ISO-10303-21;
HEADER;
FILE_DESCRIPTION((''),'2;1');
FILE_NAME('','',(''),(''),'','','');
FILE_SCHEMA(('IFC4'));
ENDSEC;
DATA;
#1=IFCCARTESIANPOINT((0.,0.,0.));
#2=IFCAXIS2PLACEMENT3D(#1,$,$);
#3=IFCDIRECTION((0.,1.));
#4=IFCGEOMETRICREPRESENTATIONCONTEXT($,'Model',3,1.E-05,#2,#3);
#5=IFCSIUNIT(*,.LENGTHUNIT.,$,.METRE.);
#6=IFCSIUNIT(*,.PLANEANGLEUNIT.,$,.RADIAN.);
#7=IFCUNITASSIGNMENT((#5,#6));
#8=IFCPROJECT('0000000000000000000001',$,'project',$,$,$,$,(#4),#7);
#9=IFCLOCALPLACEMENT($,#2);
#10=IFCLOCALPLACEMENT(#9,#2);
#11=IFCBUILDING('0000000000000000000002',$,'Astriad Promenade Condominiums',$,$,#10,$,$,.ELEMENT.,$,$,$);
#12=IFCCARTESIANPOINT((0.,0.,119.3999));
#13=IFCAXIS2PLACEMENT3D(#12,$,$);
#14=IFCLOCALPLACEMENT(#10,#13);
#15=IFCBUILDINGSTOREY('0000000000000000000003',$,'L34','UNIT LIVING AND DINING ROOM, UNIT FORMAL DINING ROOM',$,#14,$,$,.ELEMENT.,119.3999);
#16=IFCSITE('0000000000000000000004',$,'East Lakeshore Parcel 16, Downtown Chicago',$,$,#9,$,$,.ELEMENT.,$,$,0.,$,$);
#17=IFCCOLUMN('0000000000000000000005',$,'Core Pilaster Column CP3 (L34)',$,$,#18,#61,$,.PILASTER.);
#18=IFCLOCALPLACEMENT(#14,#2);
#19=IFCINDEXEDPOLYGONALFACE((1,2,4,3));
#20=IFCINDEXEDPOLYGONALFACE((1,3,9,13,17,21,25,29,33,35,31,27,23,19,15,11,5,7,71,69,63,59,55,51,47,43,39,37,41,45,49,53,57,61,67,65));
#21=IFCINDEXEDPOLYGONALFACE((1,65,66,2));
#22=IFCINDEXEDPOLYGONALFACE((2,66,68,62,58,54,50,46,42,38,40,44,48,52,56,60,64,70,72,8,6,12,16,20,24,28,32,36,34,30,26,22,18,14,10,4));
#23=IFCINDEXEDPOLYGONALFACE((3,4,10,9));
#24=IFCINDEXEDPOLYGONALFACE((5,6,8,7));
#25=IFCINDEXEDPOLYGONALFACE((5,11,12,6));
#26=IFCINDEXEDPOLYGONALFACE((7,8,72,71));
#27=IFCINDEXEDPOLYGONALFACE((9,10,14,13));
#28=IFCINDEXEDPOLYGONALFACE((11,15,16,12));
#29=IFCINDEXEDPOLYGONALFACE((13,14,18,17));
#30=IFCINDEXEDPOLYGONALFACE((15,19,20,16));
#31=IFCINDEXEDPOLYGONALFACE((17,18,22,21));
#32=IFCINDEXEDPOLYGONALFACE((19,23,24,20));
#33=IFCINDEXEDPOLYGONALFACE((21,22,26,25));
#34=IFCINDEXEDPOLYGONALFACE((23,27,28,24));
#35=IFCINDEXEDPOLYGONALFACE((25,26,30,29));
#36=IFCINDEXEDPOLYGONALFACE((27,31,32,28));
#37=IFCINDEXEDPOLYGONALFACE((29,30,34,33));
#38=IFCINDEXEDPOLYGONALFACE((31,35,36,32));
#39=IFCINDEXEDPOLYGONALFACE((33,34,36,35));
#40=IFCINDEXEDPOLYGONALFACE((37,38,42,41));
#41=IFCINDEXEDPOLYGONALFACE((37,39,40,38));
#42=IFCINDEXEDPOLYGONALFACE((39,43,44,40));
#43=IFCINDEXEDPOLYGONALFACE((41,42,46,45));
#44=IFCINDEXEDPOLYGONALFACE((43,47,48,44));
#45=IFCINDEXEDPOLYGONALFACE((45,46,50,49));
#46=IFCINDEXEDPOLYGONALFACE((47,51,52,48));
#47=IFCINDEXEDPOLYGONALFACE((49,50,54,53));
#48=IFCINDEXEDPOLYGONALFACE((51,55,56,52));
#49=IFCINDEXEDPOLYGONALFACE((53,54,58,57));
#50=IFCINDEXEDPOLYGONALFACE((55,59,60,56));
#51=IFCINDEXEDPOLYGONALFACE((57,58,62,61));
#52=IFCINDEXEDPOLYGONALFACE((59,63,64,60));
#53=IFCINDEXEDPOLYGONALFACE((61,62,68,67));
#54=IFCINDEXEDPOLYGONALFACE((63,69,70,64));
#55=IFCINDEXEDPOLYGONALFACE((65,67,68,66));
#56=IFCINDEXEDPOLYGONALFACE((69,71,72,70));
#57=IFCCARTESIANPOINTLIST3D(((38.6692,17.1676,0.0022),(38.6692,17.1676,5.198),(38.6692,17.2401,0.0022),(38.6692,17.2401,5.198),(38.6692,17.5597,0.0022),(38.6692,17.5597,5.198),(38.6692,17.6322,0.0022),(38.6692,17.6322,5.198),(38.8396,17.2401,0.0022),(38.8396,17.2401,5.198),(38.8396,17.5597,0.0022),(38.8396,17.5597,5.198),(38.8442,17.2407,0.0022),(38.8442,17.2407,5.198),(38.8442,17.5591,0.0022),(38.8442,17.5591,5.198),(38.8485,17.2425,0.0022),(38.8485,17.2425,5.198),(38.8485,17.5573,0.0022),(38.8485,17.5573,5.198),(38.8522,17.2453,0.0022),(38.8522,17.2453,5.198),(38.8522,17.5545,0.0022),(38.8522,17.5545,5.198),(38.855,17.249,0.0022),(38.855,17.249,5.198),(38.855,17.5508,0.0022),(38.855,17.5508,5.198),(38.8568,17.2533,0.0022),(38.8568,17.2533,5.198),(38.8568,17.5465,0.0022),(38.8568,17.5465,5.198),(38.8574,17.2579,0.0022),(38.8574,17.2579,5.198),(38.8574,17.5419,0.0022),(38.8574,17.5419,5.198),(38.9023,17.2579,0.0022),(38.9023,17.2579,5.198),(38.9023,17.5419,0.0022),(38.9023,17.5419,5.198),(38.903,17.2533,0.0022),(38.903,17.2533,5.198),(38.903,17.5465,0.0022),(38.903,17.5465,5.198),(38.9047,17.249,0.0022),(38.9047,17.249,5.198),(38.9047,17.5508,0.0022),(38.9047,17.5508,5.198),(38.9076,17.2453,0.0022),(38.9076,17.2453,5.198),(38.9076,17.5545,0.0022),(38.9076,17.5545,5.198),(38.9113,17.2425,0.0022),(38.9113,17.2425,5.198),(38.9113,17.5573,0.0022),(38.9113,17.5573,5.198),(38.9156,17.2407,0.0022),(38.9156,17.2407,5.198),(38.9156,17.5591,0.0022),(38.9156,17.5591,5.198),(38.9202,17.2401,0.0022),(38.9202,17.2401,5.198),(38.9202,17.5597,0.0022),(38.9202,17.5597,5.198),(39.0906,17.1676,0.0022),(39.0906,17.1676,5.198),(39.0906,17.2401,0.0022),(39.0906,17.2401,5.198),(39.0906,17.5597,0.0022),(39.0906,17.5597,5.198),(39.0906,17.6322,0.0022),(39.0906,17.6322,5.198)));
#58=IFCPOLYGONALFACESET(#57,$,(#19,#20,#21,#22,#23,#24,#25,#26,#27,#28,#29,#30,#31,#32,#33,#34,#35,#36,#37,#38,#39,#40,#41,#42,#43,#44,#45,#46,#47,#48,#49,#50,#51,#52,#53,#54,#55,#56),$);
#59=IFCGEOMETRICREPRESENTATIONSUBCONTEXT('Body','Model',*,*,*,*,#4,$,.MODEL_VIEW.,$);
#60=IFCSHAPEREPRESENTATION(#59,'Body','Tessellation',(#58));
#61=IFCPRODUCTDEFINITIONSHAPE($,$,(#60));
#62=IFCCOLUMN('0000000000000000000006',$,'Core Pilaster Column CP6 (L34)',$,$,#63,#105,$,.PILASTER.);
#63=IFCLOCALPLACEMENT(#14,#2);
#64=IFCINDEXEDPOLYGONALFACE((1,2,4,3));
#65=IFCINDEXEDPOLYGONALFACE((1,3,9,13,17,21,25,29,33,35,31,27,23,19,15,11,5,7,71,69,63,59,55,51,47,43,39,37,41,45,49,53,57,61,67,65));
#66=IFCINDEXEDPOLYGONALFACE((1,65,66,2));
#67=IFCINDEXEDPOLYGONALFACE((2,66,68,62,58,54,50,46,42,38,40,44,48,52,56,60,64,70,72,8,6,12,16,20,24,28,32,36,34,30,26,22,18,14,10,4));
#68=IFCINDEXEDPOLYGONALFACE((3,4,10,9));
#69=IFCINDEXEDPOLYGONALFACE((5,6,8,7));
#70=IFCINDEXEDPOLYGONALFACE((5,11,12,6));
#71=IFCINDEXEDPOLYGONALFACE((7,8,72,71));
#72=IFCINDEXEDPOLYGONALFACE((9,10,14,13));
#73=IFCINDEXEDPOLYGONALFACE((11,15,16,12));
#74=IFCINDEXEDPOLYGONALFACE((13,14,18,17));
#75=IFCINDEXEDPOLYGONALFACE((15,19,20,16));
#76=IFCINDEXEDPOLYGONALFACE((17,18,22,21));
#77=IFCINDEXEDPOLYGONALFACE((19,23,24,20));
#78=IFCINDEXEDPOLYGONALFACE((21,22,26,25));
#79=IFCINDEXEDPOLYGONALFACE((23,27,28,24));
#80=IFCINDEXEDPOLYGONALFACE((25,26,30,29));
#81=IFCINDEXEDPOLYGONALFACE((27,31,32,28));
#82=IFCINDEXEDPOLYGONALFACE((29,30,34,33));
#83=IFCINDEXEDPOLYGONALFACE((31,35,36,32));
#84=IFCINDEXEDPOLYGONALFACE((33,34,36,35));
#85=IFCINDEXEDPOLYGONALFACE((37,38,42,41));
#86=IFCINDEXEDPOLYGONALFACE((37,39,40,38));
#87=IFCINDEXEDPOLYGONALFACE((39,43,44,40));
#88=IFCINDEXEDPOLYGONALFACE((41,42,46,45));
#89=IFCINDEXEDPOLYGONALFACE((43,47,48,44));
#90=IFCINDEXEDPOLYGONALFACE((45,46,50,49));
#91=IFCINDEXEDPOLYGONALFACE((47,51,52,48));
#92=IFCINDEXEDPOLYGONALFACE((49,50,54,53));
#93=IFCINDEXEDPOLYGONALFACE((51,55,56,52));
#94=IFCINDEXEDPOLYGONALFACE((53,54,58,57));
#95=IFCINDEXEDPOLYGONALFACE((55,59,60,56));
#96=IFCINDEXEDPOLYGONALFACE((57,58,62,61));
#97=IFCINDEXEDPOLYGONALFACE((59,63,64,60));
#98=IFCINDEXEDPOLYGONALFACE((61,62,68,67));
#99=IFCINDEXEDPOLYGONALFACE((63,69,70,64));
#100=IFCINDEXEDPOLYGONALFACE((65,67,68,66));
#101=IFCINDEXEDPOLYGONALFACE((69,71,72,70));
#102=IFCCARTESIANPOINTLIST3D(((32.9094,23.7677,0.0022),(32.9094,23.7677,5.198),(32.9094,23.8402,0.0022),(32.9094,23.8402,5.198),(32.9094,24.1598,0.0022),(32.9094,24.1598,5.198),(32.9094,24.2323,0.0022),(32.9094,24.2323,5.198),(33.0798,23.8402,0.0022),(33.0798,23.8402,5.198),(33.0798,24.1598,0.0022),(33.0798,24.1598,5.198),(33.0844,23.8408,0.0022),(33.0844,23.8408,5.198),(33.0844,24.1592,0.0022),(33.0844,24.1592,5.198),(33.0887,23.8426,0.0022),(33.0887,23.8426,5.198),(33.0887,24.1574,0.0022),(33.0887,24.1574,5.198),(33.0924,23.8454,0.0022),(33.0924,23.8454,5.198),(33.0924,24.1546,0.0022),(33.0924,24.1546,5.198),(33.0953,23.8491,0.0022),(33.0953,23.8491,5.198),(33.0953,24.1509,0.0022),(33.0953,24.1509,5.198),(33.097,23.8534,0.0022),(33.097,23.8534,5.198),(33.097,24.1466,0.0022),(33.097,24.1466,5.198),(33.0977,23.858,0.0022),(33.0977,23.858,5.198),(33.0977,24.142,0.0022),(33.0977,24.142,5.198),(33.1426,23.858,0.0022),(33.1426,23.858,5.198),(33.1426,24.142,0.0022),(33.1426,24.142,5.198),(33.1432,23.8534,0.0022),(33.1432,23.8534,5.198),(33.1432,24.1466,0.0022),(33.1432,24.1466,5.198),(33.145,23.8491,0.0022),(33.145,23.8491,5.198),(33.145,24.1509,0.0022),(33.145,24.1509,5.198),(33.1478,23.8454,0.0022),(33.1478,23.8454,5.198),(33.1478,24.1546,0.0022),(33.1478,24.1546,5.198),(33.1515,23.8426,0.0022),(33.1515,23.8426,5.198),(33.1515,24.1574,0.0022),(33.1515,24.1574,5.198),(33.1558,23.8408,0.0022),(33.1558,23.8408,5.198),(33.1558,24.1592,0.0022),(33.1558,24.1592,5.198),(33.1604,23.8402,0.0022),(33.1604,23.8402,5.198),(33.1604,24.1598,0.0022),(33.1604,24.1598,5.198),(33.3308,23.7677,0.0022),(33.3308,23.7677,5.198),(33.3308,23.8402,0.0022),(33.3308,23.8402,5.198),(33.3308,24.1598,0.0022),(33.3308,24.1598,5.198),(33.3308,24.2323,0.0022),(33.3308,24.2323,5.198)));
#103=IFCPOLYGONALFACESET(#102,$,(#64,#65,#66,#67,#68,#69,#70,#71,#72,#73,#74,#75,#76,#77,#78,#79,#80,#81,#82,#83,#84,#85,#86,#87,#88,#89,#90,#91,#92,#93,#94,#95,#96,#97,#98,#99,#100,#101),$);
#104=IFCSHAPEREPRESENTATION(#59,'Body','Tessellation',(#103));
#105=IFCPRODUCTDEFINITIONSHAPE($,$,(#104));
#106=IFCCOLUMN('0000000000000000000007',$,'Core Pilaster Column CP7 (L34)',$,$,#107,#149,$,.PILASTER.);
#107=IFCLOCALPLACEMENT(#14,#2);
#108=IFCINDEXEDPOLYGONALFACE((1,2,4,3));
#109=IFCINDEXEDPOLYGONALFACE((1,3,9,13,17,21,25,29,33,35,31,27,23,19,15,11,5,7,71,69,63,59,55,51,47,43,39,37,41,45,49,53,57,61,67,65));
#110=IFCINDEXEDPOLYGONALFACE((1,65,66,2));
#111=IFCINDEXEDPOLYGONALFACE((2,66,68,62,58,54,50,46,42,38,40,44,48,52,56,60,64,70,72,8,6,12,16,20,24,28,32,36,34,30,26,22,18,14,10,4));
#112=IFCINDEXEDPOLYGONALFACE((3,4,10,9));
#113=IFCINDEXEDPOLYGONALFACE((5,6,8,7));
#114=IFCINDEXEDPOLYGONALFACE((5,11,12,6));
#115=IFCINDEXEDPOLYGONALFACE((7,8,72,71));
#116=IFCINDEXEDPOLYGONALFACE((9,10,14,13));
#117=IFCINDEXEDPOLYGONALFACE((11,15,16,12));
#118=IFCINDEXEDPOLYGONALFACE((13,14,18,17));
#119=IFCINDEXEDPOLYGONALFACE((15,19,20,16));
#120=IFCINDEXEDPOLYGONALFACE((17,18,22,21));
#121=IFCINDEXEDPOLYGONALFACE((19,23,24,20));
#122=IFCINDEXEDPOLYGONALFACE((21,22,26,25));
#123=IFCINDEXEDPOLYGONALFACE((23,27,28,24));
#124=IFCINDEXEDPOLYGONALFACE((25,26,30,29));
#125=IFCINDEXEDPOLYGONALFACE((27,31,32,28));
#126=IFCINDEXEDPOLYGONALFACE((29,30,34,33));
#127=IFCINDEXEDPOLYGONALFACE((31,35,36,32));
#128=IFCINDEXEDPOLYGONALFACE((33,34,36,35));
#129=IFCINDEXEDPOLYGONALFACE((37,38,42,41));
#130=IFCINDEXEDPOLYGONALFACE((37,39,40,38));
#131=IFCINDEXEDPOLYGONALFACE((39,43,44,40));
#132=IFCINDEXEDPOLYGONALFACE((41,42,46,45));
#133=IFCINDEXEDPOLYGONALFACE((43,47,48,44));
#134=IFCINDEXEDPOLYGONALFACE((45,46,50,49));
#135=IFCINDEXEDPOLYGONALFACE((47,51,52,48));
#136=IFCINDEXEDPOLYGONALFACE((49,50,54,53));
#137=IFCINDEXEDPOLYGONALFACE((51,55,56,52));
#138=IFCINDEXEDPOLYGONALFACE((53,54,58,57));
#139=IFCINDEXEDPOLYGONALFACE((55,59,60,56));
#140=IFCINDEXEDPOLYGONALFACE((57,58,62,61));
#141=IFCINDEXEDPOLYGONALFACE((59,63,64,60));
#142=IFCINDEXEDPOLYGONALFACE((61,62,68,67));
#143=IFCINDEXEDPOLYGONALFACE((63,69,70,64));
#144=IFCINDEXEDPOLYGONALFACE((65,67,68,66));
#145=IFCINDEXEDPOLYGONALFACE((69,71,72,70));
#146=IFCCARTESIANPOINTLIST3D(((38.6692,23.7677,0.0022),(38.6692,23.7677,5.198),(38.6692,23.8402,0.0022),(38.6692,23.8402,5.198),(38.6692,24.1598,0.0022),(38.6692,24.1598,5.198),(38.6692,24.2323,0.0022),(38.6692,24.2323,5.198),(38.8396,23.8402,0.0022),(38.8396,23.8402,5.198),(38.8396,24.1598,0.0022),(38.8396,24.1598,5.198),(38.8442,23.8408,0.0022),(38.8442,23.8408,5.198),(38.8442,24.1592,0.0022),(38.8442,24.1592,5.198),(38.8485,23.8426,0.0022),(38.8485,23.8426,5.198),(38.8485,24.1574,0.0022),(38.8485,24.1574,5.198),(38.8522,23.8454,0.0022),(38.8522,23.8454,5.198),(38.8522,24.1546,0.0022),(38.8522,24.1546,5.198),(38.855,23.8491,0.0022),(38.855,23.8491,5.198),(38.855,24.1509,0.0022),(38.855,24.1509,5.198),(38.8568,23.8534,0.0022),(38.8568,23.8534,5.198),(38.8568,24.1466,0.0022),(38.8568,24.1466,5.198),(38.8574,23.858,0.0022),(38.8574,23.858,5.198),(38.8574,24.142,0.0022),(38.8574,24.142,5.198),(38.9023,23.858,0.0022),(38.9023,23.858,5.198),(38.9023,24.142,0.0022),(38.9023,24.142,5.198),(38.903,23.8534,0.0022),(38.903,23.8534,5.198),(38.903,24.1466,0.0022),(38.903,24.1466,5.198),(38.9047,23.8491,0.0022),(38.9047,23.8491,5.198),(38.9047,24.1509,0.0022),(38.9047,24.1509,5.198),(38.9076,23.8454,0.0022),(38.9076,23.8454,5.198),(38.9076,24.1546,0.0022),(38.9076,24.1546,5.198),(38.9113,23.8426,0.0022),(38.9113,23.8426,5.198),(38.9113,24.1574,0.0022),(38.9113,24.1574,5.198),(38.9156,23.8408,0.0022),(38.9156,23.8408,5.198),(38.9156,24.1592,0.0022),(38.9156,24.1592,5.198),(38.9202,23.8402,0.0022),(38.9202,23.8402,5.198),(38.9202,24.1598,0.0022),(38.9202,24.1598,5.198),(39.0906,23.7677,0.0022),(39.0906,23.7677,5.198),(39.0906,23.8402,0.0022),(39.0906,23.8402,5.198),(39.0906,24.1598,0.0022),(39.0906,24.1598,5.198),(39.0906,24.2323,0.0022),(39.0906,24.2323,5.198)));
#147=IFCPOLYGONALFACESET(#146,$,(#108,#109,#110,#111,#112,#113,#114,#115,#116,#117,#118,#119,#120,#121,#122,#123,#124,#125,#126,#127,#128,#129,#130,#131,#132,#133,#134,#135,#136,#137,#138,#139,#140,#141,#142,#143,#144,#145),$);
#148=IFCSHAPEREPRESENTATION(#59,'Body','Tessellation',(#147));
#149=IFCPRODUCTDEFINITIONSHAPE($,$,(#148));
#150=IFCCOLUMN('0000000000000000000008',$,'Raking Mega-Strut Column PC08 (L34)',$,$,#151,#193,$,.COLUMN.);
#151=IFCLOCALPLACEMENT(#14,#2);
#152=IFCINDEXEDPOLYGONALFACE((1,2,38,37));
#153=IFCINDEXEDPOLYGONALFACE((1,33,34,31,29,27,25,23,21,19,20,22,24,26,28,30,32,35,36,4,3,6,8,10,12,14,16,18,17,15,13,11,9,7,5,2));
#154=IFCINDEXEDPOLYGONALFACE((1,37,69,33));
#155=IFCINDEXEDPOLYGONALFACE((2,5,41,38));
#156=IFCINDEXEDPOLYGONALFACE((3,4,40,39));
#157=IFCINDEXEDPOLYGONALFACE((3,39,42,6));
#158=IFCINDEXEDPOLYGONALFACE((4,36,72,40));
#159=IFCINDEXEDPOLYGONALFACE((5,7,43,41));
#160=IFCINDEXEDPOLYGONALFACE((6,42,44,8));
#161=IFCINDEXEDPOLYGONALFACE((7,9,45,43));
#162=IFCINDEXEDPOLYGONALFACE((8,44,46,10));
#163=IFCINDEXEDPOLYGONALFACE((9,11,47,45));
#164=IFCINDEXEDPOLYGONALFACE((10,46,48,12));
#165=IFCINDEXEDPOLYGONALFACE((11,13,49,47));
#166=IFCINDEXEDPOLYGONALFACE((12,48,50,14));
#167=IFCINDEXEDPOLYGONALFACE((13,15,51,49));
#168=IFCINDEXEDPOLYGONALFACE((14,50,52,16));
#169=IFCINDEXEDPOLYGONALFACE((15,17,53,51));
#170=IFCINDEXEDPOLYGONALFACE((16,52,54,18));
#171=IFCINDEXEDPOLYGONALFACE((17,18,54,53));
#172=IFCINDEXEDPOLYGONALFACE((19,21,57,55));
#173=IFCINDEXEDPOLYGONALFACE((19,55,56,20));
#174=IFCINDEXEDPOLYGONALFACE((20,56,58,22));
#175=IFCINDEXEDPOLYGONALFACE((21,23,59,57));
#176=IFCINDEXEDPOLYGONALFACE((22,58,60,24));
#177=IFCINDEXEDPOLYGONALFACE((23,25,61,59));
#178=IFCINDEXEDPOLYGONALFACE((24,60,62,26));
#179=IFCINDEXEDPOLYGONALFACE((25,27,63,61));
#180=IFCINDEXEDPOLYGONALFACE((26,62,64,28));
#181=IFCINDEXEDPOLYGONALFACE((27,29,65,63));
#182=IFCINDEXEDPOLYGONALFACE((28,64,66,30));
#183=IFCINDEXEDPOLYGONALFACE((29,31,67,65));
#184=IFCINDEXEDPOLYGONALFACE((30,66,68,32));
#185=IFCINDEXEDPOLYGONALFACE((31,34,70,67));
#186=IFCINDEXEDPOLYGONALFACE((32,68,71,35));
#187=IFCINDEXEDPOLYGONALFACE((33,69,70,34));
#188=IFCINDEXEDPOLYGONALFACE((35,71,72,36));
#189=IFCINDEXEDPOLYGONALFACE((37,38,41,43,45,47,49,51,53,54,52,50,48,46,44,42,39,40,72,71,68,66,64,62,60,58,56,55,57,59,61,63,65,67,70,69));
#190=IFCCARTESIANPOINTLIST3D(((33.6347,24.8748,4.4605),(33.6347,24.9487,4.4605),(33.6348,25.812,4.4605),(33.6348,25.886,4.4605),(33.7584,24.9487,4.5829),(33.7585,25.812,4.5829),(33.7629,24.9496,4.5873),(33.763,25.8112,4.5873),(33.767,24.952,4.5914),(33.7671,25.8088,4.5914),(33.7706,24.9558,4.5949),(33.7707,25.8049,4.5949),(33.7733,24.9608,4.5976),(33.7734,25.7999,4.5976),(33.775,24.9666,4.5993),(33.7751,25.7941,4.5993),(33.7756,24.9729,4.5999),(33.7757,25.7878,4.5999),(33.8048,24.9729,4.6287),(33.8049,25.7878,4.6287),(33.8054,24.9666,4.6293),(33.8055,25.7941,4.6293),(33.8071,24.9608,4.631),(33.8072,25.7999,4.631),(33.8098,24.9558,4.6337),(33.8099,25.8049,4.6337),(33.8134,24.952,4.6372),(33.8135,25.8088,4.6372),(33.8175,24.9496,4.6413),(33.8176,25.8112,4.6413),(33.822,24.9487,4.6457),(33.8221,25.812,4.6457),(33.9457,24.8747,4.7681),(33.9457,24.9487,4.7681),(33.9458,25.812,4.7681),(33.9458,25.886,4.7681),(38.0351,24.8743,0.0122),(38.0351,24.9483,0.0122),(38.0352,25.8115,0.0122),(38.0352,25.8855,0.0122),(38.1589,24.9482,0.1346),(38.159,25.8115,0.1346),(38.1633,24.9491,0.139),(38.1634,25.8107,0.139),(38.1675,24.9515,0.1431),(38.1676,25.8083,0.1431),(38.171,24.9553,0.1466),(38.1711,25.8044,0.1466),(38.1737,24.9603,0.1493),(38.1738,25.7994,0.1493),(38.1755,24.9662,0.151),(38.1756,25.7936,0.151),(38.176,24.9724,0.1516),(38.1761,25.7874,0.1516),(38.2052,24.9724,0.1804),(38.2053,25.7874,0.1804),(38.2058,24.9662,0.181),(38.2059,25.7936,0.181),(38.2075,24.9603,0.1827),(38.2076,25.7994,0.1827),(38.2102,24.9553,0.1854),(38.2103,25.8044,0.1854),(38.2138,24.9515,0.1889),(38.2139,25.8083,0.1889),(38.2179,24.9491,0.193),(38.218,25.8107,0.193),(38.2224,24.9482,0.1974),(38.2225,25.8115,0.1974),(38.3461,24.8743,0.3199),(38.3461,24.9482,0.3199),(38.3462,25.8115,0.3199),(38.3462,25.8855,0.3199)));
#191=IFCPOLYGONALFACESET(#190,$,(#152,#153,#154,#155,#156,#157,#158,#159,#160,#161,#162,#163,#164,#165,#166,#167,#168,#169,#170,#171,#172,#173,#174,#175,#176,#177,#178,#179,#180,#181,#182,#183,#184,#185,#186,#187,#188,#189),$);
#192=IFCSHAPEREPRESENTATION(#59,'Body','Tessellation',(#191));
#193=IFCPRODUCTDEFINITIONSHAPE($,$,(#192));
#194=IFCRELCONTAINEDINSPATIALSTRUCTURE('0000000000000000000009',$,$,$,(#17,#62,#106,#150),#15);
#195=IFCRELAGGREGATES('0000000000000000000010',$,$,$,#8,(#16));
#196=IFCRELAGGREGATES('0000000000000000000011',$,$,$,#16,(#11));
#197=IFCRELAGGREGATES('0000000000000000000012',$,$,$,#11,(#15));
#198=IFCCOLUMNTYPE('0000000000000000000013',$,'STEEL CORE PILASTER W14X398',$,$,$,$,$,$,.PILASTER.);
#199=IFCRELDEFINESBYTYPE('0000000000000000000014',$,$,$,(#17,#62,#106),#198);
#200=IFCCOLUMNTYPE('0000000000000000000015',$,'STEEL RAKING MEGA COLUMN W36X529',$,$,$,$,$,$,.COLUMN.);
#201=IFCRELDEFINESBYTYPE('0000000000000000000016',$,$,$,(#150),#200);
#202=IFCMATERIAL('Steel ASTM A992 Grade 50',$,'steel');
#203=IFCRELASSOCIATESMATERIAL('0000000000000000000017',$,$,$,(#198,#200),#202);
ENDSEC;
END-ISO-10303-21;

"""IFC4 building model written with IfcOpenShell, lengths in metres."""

from ifc_helpers import new_model, si_unit, direction, frame, origin, origin_2d, place, context, subcontext, project, spatial, i_section, extrude, source, transform, mapped, material, material_profile, profile_set, type_object, type_shapes, element, save


model = new_model("IFC4")

# Units and contexts
model_context = context("Model", 3, precision=1e-05, world=origin(), true_north=direction((0.0, 1.0)))
body_context = subcontext(model_context, "Body", "Model", "MODEL_VIEW")
ifc_project = project(units=[si_unit("LENGTHUNIT", "METRE"), si_unit("PLANEANGLEUNIT", "RADIAN")], contexts=[model_context])

# Site, building, storey
site_placement = place(None, origin())
site = spatial("IfcSite", under=ifc_project, at=site_placement, Name="East Lakeshore Parcel 16, Downtown Chicago", CompositionType="ELEMENT", RefElevation=0.0)
building_placement = place(site_placement, origin())
building = spatial("IfcBuilding", under=site, at=building_placement, Name="Astriad Promenade Condominiums", CompositionType="ELEMENT")
storey_placement = place(building_placement, frame((0.0, 0.0, 119.3999)))
storey = spatial("IfcBuildingStorey", under=building, at=storey_placement, Name="L34", Description="UNIT LIVING AND DINING ROOM, UNIT FORMAL DINING ROOM", CompositionType="ELEMENT", Elevation=119.3999)

# Columns
ifc_material_1 = material(Name="Steel ASTM A992 Grade 50", Category="steel")
ifc_material_profile_1 = material_profile(ifc_material_1, i_section(OverallWidth=0.4214, OverallDepth=0.4646, WebThickness=0.0449, FlangeThickness=0.0725, FilletRadius=0.0178, at=origin_2d()), Name="W14X398")
ifc_profile_set_1 = profile_set([ifc_material_profile_1], Name="Steel ASTM A992 Grade 50")
column_type_1 = type_object("IfcColumnType", Name="STEEL CORE PILASTER W14X398", PredefinedType="PILASTER", material=ifc_profile_set_1)
shared_shape_1 = source(origin(), body_context, "Body", "SweptSolid", [
    extrude(i_section(OverallWidth=0.4214, OverallDepth=0.4646, WebThickness=0.0449, FlangeThickness=0.0725, FilletRadius=0.0178, at=origin_2d()), origin(), (0.0, 0.0, 1.0), 5.1958),
])
type_shapes(column_type_1, [shared_shape_1])
for number, where, z_axis, x_axis, name in (
    (1, (38.8799, 17.3999, 0.0022), (0.0, 0.0, 1.0), (1.0, 0.0, 0.0), "Core Pilaster Column CP3 (L34)"),
    (2, (33.1201, 24.0, 0.0022), (0.0, 0.0, 1.0), (1.0, 0.0, 0.0), "Core Pilaster Column CP6 (L34)"),
    (3, (38.8799, 24.0, 0.0022), (0.0, 0.0, 1.0), (1.0, 0.0, 0.0), "Core Pilaster Column CP7 (L34)"),
):
    element("IfcColumn", number, at=place(storey_placement, frame(where, z_axis=z_axis, x_axis=x_axis)), inside=storey, type_object=column_type_1, Name=name, PredefinedType="PILASTER", context=body_context, shape_type="MappedRepresentation", body=[
        mapped(shared_shape_1, transform((0.0, 0.0, 0.0), scale=1.0)),
    ])
ifc_material_profile_2 = material_profile(ifc_material_1, i_section(OverallWidth=0.4375, OverallDepth=1.0112, WebThickness=0.041, FlangeThickness=0.074, FilletRadius=0.0242, at=origin_2d()), Name="W36X529")
ifc_profile_set_2 = profile_set([ifc_material_profile_2], Name="Steel ASTM A992 Grade 50")
column_type_2 = type_object("IfcColumnType", Name="STEEL RAKING MEGA COLUMN W36X529", PredefinedType="COLUMN", material=ifc_profile_set_2)
shared_shape_2 = source(origin(), body_context, "Body", "SweptSolid", [
    extrude(i_section(OverallWidth=0.4375, OverallDepth=1.0112, WebThickness=0.041, FlangeThickness=0.074, FilletRadius=0.0242, at=origin_2d()), origin(), (0.0, 0.0, 1.0), 6.2571),
])
type_shapes(column_type_2, [shared_shape_2])
column_placement = place(storey_placement, frame((38.1907, 25.3799, 0.166), z_axis=(-0.703273, 0.000078, 0.71092), x_axis=(0.71092, -0.000079, 0.703273)))
element("IfcColumn", 4, at=column_placement, inside=storey, type_object=column_type_2, Name="Raking Mega-Strut Column PC08 (L34)", PredefinedType="COLUMN", context=body_context, shape_type="MappedRepresentation", body=[
    mapped(shared_shape_2, transform((0.0, 0.0, 0.0), scale=1.0)),
])

save(model, "model.ifc")
